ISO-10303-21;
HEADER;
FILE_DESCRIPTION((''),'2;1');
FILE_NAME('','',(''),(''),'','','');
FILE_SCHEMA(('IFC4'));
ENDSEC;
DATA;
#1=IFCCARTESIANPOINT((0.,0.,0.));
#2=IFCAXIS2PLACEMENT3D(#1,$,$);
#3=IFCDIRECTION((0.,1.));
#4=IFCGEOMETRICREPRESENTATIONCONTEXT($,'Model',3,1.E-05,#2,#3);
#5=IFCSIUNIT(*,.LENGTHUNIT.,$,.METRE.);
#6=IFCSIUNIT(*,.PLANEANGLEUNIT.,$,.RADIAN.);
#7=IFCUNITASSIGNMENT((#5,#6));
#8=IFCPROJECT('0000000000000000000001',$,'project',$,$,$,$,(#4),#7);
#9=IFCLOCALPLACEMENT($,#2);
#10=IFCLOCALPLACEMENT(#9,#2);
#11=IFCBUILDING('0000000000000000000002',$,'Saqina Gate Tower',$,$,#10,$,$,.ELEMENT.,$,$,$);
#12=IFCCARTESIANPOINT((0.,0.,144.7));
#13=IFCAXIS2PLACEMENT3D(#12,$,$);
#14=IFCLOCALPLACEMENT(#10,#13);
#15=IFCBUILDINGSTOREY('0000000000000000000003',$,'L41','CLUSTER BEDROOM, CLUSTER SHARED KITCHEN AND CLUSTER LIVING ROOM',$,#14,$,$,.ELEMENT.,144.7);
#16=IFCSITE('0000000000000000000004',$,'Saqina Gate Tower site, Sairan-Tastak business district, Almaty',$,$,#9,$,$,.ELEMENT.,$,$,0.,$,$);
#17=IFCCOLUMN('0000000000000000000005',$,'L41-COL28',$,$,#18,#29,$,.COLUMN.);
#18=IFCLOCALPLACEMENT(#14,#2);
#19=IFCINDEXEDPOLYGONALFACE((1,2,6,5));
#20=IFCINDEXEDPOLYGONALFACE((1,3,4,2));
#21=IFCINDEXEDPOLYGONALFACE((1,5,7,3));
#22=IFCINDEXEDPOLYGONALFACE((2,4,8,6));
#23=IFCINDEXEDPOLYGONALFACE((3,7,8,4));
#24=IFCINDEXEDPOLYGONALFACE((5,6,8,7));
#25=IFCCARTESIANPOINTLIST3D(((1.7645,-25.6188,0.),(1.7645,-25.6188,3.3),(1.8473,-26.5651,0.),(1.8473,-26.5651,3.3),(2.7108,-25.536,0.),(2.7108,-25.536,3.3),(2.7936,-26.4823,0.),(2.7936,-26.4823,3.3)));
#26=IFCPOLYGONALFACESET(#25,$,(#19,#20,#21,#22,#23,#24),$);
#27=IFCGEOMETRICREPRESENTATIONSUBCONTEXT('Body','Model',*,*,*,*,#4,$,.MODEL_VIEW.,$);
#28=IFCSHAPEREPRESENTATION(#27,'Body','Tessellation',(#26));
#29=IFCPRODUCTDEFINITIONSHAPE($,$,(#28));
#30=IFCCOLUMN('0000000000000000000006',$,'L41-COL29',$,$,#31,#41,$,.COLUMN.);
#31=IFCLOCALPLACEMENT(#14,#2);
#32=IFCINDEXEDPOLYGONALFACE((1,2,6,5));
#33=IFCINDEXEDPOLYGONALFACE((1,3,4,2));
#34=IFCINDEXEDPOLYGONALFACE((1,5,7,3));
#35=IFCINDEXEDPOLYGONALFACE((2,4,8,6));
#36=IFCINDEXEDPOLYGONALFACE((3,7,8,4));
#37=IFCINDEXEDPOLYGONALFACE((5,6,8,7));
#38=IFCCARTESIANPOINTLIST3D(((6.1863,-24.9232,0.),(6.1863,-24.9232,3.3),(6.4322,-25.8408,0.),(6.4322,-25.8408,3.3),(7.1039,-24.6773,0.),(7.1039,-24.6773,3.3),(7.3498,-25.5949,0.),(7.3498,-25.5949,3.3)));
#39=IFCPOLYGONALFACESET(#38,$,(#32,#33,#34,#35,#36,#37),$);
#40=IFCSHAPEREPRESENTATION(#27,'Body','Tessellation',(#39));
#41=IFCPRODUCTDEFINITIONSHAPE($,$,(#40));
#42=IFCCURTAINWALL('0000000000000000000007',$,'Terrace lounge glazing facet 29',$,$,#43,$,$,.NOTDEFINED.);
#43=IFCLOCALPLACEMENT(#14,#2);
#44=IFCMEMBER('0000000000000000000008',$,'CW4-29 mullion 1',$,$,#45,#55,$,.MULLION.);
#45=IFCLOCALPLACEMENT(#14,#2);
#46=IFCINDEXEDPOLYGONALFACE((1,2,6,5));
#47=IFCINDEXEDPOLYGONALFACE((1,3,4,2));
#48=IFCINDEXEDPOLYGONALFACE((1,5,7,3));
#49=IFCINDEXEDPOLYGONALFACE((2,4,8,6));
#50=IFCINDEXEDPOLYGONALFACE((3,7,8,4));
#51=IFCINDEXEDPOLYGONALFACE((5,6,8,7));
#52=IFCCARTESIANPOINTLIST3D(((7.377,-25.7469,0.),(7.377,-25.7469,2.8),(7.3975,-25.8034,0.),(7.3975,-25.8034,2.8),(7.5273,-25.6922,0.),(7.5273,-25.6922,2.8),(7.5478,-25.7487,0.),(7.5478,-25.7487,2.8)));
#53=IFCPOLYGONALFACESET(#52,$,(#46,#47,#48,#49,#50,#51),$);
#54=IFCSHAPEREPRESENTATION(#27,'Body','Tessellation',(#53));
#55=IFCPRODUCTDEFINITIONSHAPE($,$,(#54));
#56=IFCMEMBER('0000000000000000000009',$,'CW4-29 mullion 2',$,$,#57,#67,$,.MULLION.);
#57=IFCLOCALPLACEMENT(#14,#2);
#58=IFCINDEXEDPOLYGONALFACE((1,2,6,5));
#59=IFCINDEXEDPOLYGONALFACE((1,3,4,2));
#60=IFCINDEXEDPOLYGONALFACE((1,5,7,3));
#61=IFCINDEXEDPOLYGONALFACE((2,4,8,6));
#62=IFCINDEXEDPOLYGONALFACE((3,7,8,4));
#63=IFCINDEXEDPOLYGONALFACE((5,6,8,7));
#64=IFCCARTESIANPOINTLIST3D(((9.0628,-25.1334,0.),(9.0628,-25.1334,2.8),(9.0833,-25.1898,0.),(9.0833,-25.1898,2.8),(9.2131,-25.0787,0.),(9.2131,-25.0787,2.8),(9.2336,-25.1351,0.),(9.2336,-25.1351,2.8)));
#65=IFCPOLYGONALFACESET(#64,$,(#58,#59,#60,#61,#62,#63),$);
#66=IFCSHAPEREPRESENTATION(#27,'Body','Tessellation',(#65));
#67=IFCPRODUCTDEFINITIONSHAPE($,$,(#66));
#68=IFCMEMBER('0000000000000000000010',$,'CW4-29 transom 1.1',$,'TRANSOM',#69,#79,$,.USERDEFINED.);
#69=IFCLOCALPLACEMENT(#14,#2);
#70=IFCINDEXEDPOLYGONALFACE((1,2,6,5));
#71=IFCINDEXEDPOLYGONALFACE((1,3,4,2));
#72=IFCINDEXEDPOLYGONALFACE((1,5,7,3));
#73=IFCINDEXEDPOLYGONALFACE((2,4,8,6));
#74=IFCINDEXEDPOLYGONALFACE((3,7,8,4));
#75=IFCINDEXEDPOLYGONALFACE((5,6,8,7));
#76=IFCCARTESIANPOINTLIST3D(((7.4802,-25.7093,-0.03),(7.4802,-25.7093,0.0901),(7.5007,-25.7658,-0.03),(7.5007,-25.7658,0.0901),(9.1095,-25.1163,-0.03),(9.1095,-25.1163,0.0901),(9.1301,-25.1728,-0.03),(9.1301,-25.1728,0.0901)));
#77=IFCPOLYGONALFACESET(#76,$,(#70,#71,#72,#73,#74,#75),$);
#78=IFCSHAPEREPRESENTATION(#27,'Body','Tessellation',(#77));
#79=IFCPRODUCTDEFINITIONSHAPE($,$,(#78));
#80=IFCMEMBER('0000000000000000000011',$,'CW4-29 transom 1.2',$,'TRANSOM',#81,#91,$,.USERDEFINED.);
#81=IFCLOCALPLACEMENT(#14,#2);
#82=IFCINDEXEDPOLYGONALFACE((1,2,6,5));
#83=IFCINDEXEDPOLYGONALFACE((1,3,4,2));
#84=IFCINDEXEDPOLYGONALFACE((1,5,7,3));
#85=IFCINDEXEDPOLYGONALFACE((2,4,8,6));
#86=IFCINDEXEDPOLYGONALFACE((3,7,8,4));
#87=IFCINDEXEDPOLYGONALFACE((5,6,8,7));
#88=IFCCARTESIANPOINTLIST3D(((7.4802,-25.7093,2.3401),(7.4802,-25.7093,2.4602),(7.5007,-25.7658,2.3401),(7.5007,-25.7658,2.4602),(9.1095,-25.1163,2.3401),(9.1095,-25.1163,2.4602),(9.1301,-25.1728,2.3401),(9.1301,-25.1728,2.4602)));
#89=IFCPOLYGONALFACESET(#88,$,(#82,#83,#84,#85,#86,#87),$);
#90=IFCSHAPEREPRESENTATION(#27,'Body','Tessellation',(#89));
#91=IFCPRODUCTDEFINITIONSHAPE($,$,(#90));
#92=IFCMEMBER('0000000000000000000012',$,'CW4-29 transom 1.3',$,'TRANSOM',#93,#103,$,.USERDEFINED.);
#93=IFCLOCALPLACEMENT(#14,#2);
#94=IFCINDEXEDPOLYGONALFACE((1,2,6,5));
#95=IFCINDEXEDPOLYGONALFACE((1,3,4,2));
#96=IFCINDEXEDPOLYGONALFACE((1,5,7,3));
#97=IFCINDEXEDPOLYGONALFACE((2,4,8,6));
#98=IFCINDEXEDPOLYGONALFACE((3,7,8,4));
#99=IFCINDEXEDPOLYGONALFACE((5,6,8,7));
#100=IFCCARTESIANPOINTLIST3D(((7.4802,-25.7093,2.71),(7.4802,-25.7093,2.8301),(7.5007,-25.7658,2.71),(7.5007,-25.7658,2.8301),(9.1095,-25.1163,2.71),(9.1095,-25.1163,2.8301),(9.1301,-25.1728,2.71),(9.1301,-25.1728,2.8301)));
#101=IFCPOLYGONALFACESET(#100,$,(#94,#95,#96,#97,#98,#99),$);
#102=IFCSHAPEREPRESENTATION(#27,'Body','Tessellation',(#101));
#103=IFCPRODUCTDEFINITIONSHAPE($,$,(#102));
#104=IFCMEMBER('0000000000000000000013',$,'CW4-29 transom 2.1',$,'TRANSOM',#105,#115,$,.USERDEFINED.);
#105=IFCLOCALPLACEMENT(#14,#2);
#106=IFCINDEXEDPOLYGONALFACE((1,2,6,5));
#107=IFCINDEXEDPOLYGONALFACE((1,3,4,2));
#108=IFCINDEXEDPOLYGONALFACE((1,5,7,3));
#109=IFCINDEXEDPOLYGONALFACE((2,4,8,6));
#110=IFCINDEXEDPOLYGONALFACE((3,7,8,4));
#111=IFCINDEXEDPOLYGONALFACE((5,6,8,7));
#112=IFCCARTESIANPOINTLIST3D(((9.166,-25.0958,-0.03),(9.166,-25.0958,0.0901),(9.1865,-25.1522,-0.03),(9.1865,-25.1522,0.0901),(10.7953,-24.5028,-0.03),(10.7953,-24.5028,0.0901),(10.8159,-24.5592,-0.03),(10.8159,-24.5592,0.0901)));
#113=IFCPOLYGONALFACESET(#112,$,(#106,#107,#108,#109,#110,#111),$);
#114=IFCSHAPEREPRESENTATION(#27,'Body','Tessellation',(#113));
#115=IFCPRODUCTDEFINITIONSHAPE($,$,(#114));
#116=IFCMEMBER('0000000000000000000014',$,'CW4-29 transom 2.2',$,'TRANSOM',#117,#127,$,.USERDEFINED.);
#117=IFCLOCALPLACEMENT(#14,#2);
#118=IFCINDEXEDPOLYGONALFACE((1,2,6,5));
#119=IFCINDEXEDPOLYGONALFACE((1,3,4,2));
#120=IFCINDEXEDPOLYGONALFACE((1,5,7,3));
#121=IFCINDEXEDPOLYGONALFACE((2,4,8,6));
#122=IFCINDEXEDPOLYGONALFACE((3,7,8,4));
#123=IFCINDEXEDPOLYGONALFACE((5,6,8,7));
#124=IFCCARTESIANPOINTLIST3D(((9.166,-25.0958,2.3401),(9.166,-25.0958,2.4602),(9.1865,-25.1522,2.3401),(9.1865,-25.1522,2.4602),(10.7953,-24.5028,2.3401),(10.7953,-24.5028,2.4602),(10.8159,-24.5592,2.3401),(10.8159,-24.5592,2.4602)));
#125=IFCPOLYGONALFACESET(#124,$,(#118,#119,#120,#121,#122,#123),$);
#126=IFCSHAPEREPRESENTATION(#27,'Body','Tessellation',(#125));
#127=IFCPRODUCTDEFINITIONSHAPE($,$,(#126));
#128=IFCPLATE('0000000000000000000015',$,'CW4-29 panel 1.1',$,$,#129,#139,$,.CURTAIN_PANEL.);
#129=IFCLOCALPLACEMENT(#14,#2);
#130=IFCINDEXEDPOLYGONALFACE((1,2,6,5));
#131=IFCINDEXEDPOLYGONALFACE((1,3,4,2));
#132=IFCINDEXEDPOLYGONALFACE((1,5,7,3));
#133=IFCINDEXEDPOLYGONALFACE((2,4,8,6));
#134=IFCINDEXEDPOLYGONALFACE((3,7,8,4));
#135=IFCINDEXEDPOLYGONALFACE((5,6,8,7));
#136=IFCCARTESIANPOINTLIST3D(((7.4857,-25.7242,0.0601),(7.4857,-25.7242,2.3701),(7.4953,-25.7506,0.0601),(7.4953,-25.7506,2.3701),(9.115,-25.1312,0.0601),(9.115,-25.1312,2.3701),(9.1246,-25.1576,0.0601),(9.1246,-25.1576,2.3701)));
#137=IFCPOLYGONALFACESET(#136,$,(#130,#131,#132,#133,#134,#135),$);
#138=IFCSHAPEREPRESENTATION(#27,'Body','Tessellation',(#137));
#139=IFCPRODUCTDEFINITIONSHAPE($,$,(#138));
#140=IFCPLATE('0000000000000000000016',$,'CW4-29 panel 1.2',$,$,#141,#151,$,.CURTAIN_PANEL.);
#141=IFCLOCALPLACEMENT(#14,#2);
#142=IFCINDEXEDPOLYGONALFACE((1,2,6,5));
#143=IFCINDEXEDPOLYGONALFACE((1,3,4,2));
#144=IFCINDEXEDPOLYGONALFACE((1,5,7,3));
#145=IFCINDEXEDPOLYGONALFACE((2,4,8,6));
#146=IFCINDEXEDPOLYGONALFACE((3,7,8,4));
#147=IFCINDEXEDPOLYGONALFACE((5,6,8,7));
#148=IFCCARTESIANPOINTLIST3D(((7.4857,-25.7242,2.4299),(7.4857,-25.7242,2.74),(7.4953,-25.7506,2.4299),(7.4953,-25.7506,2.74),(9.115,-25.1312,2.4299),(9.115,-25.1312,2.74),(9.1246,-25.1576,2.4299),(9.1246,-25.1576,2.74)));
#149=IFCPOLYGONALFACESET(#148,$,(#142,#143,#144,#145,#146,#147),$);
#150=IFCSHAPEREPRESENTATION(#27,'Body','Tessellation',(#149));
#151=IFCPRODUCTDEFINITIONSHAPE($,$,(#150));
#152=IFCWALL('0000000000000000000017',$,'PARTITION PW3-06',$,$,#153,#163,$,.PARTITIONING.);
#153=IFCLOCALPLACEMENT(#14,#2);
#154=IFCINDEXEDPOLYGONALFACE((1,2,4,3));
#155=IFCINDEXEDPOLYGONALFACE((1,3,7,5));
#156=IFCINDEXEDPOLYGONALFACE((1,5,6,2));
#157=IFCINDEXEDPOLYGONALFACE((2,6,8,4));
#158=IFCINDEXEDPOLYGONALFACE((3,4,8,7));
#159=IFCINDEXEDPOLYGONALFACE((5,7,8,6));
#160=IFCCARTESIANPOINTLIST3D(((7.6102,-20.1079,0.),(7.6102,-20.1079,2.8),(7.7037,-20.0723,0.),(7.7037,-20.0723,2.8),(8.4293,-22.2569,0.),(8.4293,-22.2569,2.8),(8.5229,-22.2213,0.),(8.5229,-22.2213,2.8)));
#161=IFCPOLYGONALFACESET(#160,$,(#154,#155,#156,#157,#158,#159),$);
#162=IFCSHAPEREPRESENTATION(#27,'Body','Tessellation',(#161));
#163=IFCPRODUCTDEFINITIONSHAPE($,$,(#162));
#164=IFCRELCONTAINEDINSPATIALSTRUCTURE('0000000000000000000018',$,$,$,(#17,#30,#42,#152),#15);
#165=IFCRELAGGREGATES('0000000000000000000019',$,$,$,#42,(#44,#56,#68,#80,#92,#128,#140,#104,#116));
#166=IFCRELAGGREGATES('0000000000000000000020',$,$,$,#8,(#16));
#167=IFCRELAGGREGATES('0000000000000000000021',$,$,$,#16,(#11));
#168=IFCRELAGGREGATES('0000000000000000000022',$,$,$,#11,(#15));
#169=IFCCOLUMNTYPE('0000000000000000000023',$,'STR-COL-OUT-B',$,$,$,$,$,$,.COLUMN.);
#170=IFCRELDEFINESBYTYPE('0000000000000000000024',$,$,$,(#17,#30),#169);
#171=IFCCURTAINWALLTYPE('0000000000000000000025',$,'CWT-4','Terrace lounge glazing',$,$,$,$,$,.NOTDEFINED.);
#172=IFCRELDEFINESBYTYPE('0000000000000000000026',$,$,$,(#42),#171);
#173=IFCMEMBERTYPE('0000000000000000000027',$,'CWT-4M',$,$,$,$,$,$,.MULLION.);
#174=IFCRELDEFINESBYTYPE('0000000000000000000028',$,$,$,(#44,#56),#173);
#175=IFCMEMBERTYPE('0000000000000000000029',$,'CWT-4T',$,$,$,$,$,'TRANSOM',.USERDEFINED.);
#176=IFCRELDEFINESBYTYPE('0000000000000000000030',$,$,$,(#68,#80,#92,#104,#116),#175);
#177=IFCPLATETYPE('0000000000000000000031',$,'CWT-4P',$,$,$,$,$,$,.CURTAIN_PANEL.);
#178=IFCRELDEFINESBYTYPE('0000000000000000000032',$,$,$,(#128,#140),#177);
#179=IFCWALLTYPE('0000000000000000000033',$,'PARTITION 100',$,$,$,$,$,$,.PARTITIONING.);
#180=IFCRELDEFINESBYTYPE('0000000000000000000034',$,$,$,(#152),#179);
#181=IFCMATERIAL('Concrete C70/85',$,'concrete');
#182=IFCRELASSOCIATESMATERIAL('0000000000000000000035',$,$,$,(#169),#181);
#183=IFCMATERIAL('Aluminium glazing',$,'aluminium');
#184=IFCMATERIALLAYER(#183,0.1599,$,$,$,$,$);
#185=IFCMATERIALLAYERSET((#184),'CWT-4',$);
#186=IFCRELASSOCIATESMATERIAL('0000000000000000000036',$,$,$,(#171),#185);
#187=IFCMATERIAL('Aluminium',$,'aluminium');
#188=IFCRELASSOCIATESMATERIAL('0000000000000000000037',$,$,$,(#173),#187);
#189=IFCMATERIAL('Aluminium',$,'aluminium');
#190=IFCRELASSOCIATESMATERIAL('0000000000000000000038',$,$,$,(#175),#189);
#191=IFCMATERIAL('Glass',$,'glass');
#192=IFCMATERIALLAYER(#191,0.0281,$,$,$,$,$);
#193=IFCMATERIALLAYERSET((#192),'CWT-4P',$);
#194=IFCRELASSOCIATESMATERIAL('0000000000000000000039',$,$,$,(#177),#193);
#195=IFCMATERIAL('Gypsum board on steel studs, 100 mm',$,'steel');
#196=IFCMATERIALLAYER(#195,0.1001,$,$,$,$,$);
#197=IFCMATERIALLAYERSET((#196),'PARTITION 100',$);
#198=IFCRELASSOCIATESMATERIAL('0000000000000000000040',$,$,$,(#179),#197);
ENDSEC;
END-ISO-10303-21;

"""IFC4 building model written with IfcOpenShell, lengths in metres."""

from ifc_helpers import new_model, si_unit, direction, frame, frame_2d, origin, origin_2d, place, context, subcontext, project, spatial, rectangle, extrude, material, layer, layer_set, material_profile, profile_set, type_object, element, aggregate, save


model = new_model("IFC4")

# Units and contexts
model_context = context("Model", 3, precision=1e-05, world=origin(), true_north=direction((0.0, 1.0)))
body_context = subcontext(model_context, "Body", "Model", "MODEL_VIEW")
ifc_project = project(units=[si_unit("LENGTHUNIT", "METRE"), si_unit("PLANEANGLEUNIT", "RADIAN")], contexts=[model_context])

# Site, building, storey
site_placement = place(None, origin())
site = spatial("IfcSite", under=ifc_project, at=site_placement, Name="Saqina Gate Tower site, Sairan-Tastak business district, Almaty", CompositionType="ELEMENT", RefElevation=0.0)
building_placement = place(site_placement, origin())
building = spatial("IfcBuilding", under=site, at=building_placement, Name="Saqina Gate Tower", CompositionType="ELEMENT")
storey_placement = place(building_placement, frame((0.0, 0.0, 144.7)))
storey = spatial("IfcBuildingStorey", under=building, at=storey_placement, Name="L41", Description="CLUSTER BEDROOM, CLUSTER SHARED KITCHEN AND CLUSTER LIVING ROOM", CompositionType="ELEMENT", Elevation=144.7)

# Columns
ifc_material_1 = material(Name="Concrete C70/85", Category="concrete")
ifc_material_profile_1 = material_profile(ifc_material_1, rectangle(XDim=0.95, YDim=0.95, at=origin_2d()), Name="RC 950x950")
ifc_profile_set_1 = profile_set([ifc_material_profile_1], Name="Concrete C70/85")
column_type = type_object("IfcColumnType", Name="STR-COL-OUT-B", PredefinedType="COLUMN", material=ifc_profile_set_1)
for number, where, z_axis, x_axis, name in (
    (1, (2.2791, -26.0505, 0.0), (0.0, 0.0, 1.0), (0.087156, -0.996195, 0.0), "L41-COL28"),
    (2, (6.7681, -25.259, 0.0), (0.0, 0.0, 1.0), (0.258819, -0.965926, 0.0), "L41-COL29"),
):
    element("IfcColumn", number, at=place(storey_placement, frame(where, z_axis=z_axis, x_axis=x_axis)), inside=storey, type_object=column_type, Name=name, PredefinedType="COLUMN", context=body_context, shape_type="SweptSolid", body=[
        extrude(rectangle(XDim=0.95, YDim=0.95, at=origin_2d()), origin(), (0.0, 0.0, 1.0), 3.3),
    ])

# Curtain wall, members, plates
ifc_material_2 = material(Name="Aluminium glazing", Category="aluminium")
ifc_layer_1 = layer(ifc_material_2, 0.1599)
ifc_layer_set_1 = layer_set([ifc_layer_1], Name="CWT-4")
curtain_wall_type = type_object("IfcCurtainWallType", Name="CWT-4", Description="Terrace lounge glazing", PredefinedType="NOTDEFINED", material=ifc_layer_set_1)
curtain_wall_placement = place(storey_placement, origin())
curtain_wall = element("IfcCurtainWall", 3, at=curtain_wall_placement, inside=storey, type_object=curtain_wall_type, Name="Terrace lounge glazing facet 29", PredefinedType="NOTDEFINED")
ifc_material_3 = material(Name="Aluminium", Category="aluminium")
ifc_material_profile_2 = material_profile(ifc_material_3, rectangle(XDim=0.0601, YDim=0.1599, at=origin_2d()), Name="Aluminium 60x160")
ifc_profile_set_2 = profile_set([ifc_material_profile_2], Name="Aluminium")
member_type_1 = type_object("IfcMemberType", Name="CWT-4M", PredefinedType="MULLION", material=ifc_profile_set_2)
member_1_placement = place(storey_placement, frame((7.4624, -25.7478, 0.0), z_axis=(0.0, 0.0, 1.0), x_axis=(-0.342016, 0.939694, 0.0)))
member_1 = element("IfcMember", 4, at=member_1_placement, type_object=member_type_1, Name="CW4-29 mullion 1", PredefinedType="MULLION", context=body_context, shape_type="SweptSolid", body=[
    extrude(rectangle(XDim=0.0601, YDim=0.1599, at=origin_2d()), origin(), (0.0, 0.0, 1.0), 2.8),
])
member_2_placement = place(storey_placement, frame((9.1482, -25.1343, 0.0), z_axis=(0.0, 0.0, 1.0), x_axis=(-0.342016, 0.939694, 0.0)))
member_2 = element("IfcMember", 5, at=member_2_placement, type_object=member_type_1, Name="CW4-29 mullion 2", PredefinedType="MULLION", context=body_context, shape_type="SweptSolid", body=[
    extrude(rectangle(XDim=0.0601, YDim=0.1599, at=origin_2d()), origin(), (0.0, 0.0, 1.0), 2.8),
])
ifc_material_4 = material(Name="Aluminium", Category="aluminium")
ifc_material_profile_3 = material_profile(ifc_material_4, rectangle(XDim=0.0601, YDim=0.1201, at=origin_2d()), Name="Aluminium 60x120")
ifc_profile_set_3 = profile_set([ifc_material_profile_3], Name="Aluminium")
member_type_2 = type_object("IfcMemberType", Name="CWT-4T", ElementType="TRANSOM", PredefinedType="USERDEFINED", material=ifc_profile_set_3)
member_3_placement = place(storey_placement, frame((7.4905, -25.7375, 0.03), z_axis=(0.939699, 0.342003, 0.0), x_axis=(-0.342003, 0.939699, 0.0)))
member_3 = element("IfcMember", 6, at=member_3_placement, type_object=member_type_2, Name="CW4-29 transom 1.1", ObjectType="TRANSOM", PredefinedType="USERDEFINED", context=body_context, shape_type="SweptSolid", body=[
    extrude(rectangle(XDim=0.0601, YDim=0.1201, at=origin_2d()), origin(), (0.0, 0.0, 1.0), 1.7339),
])
member_4_placement = place(storey_placement, frame((7.4905, -25.7375, 2.4001), z_axis=(0.939699, 0.342003, 0.0), x_axis=(-0.342003, 0.939699, 0.0)))
member_4 = element("IfcMember", 7, at=member_4_placement, type_object=member_type_2, Name="CW4-29 transom 1.2", ObjectType="TRANSOM", PredefinedType="USERDEFINED", context=body_context, shape_type="SweptSolid", body=[
    extrude(rectangle(XDim=0.0601, YDim=0.1201, at=origin_2d()), origin(), (0.0, 0.0, 1.0), 1.7339),
])
member_5_placement = place(storey_placement, frame((7.4905, -25.7375, 2.77), z_axis=(0.939699, 0.342003, 0.0), x_axis=(-0.342003, 0.939699, 0.0)))
member_5 = element("IfcMember", 8, at=member_5_placement, type_object=member_type_2, Name="CW4-29 transom 1.3", ObjectType="TRANSOM", PredefinedType="USERDEFINED", context=body_context, shape_type="SweptSolid", body=[
    extrude(rectangle(XDim=0.0601, YDim=0.1201, at=origin_2d()), origin(), (0.0, 0.0, 1.0), 1.7339),
])
member_6_placement = place(storey_placement, frame((9.1763, -25.124, 0.03), z_axis=(0.939699, 0.342003, 0.0), x_axis=(-0.342003, 0.939699, 0.0)))
member_6 = element("IfcMember", 9, at=member_6_placement, type_object=member_type_2, Name="CW4-29 transom 2.1", ObjectType="TRANSOM", PredefinedType="USERDEFINED", context=body_context, shape_type="SweptSolid", body=[
    extrude(rectangle(XDim=0.0601, YDim=0.1201, at=origin_2d()), origin(), (0.0, 0.0, 1.0), 1.7339),
])
member_7_placement = place(storey_placement, frame((9.1763, -25.124, 2.4001), z_axis=(0.939699, 0.342003, 0.0), x_axis=(-0.342003, 0.939699, 0.0)))
member_7 = element("IfcMember", 10, at=member_7_placement, type_object=member_type_2, Name="CW4-29 transom 2.2", ObjectType="TRANSOM", PredefinedType="USERDEFINED", context=body_context, shape_type="SweptSolid", body=[
    extrude(rectangle(XDim=0.0601, YDim=0.1201, at=origin_2d()), origin(), (0.0, 0.0, 1.0), 1.7339),
])
ifc_material_5 = material(Name="Glass", Category="glass")
ifc_layer_2 = layer(ifc_material_5, 0.0281)
ifc_layer_set_2 = layer_set([ifc_layer_2], Name="CWT-4P")
plate_type = type_object("IfcPlateType", Name="CWT-4P", PredefinedType="CURTAIN_PANEL", material=ifc_layer_set_2)
plate_1_placement = place(storey_placement, frame((8.3052, -25.4409, 0.0601), z_axis=(0.0, 0.0, 1.0), x_axis=(0.939694, 0.342016, 0.0)))
plate_1 = element("IfcPlate", 11, at=plate_1_placement, type_object=plate_type, Name="CW4-29 panel 1.1", PredefinedType="CURTAIN_PANEL", context=body_context, shape_type="SweptSolid", body=[
    extrude(rectangle(XDim=1.7339, YDim=0.0281, at=origin_2d()), origin(), (0.0, 0.0, 1.0), 2.3101),
])
plate_2_placement = place(storey_placement, frame((8.3052, -25.4409, 2.4299), z_axis=(0.0, 0.0, 1.0), x_axis=(0.939694, 0.342016, 0.0)))
plate_2 = element("IfcPlate", 12, at=plate_2_placement, type_object=plate_type, Name="CW4-29 panel 1.2", PredefinedType="CURTAIN_PANEL", context=body_context, shape_type="SweptSolid", body=[
    extrude(rectangle(XDim=1.7339, YDim=0.0281, at=origin_2d()), origin(), (0.0, 0.0, 1.0), 0.3101),
])
aggregate(curtain_wall, [member_1, member_2, member_3, member_4, member_5, plate_1, plate_2, member_6, member_7])

# Wall
ifc_material_6 = material(Name="Gypsum board on steel studs, 100 mm", Category="steel")
ifc_layer_3 = layer(ifc_material_6, 0.1001)
ifc_layer_set_3 = layer_set([ifc_layer_3], Name="PARTITION 100")
wall_type_1 = type_object("IfcWallType", Name="PARTITION 100", PredefinedType="PARTITIONING", material=ifc_layer_set_3)
wall_1_placement = place(storey_placement, frame((7.657, -20.0901, 0.0), z_axis=(0.0, 0.0, 1.0), x_axis=(0.356167, -0.934422, 0.0)))
element("IfcWall", 13, at=wall_1_placement, inside=storey, type_object=wall_type_1, Name="PARTITION PW3-06", PredefinedType="PARTITIONING", context=body_context, shape_type="SweptSolid", body=[
    extrude(rectangle(XDim=2.2998, YDim=0.1001, at=frame_2d((1.1499, 0.0))), origin(), (0.0, 0.0, 1.0), 2.8),
])

save(model, "model.ifc")
